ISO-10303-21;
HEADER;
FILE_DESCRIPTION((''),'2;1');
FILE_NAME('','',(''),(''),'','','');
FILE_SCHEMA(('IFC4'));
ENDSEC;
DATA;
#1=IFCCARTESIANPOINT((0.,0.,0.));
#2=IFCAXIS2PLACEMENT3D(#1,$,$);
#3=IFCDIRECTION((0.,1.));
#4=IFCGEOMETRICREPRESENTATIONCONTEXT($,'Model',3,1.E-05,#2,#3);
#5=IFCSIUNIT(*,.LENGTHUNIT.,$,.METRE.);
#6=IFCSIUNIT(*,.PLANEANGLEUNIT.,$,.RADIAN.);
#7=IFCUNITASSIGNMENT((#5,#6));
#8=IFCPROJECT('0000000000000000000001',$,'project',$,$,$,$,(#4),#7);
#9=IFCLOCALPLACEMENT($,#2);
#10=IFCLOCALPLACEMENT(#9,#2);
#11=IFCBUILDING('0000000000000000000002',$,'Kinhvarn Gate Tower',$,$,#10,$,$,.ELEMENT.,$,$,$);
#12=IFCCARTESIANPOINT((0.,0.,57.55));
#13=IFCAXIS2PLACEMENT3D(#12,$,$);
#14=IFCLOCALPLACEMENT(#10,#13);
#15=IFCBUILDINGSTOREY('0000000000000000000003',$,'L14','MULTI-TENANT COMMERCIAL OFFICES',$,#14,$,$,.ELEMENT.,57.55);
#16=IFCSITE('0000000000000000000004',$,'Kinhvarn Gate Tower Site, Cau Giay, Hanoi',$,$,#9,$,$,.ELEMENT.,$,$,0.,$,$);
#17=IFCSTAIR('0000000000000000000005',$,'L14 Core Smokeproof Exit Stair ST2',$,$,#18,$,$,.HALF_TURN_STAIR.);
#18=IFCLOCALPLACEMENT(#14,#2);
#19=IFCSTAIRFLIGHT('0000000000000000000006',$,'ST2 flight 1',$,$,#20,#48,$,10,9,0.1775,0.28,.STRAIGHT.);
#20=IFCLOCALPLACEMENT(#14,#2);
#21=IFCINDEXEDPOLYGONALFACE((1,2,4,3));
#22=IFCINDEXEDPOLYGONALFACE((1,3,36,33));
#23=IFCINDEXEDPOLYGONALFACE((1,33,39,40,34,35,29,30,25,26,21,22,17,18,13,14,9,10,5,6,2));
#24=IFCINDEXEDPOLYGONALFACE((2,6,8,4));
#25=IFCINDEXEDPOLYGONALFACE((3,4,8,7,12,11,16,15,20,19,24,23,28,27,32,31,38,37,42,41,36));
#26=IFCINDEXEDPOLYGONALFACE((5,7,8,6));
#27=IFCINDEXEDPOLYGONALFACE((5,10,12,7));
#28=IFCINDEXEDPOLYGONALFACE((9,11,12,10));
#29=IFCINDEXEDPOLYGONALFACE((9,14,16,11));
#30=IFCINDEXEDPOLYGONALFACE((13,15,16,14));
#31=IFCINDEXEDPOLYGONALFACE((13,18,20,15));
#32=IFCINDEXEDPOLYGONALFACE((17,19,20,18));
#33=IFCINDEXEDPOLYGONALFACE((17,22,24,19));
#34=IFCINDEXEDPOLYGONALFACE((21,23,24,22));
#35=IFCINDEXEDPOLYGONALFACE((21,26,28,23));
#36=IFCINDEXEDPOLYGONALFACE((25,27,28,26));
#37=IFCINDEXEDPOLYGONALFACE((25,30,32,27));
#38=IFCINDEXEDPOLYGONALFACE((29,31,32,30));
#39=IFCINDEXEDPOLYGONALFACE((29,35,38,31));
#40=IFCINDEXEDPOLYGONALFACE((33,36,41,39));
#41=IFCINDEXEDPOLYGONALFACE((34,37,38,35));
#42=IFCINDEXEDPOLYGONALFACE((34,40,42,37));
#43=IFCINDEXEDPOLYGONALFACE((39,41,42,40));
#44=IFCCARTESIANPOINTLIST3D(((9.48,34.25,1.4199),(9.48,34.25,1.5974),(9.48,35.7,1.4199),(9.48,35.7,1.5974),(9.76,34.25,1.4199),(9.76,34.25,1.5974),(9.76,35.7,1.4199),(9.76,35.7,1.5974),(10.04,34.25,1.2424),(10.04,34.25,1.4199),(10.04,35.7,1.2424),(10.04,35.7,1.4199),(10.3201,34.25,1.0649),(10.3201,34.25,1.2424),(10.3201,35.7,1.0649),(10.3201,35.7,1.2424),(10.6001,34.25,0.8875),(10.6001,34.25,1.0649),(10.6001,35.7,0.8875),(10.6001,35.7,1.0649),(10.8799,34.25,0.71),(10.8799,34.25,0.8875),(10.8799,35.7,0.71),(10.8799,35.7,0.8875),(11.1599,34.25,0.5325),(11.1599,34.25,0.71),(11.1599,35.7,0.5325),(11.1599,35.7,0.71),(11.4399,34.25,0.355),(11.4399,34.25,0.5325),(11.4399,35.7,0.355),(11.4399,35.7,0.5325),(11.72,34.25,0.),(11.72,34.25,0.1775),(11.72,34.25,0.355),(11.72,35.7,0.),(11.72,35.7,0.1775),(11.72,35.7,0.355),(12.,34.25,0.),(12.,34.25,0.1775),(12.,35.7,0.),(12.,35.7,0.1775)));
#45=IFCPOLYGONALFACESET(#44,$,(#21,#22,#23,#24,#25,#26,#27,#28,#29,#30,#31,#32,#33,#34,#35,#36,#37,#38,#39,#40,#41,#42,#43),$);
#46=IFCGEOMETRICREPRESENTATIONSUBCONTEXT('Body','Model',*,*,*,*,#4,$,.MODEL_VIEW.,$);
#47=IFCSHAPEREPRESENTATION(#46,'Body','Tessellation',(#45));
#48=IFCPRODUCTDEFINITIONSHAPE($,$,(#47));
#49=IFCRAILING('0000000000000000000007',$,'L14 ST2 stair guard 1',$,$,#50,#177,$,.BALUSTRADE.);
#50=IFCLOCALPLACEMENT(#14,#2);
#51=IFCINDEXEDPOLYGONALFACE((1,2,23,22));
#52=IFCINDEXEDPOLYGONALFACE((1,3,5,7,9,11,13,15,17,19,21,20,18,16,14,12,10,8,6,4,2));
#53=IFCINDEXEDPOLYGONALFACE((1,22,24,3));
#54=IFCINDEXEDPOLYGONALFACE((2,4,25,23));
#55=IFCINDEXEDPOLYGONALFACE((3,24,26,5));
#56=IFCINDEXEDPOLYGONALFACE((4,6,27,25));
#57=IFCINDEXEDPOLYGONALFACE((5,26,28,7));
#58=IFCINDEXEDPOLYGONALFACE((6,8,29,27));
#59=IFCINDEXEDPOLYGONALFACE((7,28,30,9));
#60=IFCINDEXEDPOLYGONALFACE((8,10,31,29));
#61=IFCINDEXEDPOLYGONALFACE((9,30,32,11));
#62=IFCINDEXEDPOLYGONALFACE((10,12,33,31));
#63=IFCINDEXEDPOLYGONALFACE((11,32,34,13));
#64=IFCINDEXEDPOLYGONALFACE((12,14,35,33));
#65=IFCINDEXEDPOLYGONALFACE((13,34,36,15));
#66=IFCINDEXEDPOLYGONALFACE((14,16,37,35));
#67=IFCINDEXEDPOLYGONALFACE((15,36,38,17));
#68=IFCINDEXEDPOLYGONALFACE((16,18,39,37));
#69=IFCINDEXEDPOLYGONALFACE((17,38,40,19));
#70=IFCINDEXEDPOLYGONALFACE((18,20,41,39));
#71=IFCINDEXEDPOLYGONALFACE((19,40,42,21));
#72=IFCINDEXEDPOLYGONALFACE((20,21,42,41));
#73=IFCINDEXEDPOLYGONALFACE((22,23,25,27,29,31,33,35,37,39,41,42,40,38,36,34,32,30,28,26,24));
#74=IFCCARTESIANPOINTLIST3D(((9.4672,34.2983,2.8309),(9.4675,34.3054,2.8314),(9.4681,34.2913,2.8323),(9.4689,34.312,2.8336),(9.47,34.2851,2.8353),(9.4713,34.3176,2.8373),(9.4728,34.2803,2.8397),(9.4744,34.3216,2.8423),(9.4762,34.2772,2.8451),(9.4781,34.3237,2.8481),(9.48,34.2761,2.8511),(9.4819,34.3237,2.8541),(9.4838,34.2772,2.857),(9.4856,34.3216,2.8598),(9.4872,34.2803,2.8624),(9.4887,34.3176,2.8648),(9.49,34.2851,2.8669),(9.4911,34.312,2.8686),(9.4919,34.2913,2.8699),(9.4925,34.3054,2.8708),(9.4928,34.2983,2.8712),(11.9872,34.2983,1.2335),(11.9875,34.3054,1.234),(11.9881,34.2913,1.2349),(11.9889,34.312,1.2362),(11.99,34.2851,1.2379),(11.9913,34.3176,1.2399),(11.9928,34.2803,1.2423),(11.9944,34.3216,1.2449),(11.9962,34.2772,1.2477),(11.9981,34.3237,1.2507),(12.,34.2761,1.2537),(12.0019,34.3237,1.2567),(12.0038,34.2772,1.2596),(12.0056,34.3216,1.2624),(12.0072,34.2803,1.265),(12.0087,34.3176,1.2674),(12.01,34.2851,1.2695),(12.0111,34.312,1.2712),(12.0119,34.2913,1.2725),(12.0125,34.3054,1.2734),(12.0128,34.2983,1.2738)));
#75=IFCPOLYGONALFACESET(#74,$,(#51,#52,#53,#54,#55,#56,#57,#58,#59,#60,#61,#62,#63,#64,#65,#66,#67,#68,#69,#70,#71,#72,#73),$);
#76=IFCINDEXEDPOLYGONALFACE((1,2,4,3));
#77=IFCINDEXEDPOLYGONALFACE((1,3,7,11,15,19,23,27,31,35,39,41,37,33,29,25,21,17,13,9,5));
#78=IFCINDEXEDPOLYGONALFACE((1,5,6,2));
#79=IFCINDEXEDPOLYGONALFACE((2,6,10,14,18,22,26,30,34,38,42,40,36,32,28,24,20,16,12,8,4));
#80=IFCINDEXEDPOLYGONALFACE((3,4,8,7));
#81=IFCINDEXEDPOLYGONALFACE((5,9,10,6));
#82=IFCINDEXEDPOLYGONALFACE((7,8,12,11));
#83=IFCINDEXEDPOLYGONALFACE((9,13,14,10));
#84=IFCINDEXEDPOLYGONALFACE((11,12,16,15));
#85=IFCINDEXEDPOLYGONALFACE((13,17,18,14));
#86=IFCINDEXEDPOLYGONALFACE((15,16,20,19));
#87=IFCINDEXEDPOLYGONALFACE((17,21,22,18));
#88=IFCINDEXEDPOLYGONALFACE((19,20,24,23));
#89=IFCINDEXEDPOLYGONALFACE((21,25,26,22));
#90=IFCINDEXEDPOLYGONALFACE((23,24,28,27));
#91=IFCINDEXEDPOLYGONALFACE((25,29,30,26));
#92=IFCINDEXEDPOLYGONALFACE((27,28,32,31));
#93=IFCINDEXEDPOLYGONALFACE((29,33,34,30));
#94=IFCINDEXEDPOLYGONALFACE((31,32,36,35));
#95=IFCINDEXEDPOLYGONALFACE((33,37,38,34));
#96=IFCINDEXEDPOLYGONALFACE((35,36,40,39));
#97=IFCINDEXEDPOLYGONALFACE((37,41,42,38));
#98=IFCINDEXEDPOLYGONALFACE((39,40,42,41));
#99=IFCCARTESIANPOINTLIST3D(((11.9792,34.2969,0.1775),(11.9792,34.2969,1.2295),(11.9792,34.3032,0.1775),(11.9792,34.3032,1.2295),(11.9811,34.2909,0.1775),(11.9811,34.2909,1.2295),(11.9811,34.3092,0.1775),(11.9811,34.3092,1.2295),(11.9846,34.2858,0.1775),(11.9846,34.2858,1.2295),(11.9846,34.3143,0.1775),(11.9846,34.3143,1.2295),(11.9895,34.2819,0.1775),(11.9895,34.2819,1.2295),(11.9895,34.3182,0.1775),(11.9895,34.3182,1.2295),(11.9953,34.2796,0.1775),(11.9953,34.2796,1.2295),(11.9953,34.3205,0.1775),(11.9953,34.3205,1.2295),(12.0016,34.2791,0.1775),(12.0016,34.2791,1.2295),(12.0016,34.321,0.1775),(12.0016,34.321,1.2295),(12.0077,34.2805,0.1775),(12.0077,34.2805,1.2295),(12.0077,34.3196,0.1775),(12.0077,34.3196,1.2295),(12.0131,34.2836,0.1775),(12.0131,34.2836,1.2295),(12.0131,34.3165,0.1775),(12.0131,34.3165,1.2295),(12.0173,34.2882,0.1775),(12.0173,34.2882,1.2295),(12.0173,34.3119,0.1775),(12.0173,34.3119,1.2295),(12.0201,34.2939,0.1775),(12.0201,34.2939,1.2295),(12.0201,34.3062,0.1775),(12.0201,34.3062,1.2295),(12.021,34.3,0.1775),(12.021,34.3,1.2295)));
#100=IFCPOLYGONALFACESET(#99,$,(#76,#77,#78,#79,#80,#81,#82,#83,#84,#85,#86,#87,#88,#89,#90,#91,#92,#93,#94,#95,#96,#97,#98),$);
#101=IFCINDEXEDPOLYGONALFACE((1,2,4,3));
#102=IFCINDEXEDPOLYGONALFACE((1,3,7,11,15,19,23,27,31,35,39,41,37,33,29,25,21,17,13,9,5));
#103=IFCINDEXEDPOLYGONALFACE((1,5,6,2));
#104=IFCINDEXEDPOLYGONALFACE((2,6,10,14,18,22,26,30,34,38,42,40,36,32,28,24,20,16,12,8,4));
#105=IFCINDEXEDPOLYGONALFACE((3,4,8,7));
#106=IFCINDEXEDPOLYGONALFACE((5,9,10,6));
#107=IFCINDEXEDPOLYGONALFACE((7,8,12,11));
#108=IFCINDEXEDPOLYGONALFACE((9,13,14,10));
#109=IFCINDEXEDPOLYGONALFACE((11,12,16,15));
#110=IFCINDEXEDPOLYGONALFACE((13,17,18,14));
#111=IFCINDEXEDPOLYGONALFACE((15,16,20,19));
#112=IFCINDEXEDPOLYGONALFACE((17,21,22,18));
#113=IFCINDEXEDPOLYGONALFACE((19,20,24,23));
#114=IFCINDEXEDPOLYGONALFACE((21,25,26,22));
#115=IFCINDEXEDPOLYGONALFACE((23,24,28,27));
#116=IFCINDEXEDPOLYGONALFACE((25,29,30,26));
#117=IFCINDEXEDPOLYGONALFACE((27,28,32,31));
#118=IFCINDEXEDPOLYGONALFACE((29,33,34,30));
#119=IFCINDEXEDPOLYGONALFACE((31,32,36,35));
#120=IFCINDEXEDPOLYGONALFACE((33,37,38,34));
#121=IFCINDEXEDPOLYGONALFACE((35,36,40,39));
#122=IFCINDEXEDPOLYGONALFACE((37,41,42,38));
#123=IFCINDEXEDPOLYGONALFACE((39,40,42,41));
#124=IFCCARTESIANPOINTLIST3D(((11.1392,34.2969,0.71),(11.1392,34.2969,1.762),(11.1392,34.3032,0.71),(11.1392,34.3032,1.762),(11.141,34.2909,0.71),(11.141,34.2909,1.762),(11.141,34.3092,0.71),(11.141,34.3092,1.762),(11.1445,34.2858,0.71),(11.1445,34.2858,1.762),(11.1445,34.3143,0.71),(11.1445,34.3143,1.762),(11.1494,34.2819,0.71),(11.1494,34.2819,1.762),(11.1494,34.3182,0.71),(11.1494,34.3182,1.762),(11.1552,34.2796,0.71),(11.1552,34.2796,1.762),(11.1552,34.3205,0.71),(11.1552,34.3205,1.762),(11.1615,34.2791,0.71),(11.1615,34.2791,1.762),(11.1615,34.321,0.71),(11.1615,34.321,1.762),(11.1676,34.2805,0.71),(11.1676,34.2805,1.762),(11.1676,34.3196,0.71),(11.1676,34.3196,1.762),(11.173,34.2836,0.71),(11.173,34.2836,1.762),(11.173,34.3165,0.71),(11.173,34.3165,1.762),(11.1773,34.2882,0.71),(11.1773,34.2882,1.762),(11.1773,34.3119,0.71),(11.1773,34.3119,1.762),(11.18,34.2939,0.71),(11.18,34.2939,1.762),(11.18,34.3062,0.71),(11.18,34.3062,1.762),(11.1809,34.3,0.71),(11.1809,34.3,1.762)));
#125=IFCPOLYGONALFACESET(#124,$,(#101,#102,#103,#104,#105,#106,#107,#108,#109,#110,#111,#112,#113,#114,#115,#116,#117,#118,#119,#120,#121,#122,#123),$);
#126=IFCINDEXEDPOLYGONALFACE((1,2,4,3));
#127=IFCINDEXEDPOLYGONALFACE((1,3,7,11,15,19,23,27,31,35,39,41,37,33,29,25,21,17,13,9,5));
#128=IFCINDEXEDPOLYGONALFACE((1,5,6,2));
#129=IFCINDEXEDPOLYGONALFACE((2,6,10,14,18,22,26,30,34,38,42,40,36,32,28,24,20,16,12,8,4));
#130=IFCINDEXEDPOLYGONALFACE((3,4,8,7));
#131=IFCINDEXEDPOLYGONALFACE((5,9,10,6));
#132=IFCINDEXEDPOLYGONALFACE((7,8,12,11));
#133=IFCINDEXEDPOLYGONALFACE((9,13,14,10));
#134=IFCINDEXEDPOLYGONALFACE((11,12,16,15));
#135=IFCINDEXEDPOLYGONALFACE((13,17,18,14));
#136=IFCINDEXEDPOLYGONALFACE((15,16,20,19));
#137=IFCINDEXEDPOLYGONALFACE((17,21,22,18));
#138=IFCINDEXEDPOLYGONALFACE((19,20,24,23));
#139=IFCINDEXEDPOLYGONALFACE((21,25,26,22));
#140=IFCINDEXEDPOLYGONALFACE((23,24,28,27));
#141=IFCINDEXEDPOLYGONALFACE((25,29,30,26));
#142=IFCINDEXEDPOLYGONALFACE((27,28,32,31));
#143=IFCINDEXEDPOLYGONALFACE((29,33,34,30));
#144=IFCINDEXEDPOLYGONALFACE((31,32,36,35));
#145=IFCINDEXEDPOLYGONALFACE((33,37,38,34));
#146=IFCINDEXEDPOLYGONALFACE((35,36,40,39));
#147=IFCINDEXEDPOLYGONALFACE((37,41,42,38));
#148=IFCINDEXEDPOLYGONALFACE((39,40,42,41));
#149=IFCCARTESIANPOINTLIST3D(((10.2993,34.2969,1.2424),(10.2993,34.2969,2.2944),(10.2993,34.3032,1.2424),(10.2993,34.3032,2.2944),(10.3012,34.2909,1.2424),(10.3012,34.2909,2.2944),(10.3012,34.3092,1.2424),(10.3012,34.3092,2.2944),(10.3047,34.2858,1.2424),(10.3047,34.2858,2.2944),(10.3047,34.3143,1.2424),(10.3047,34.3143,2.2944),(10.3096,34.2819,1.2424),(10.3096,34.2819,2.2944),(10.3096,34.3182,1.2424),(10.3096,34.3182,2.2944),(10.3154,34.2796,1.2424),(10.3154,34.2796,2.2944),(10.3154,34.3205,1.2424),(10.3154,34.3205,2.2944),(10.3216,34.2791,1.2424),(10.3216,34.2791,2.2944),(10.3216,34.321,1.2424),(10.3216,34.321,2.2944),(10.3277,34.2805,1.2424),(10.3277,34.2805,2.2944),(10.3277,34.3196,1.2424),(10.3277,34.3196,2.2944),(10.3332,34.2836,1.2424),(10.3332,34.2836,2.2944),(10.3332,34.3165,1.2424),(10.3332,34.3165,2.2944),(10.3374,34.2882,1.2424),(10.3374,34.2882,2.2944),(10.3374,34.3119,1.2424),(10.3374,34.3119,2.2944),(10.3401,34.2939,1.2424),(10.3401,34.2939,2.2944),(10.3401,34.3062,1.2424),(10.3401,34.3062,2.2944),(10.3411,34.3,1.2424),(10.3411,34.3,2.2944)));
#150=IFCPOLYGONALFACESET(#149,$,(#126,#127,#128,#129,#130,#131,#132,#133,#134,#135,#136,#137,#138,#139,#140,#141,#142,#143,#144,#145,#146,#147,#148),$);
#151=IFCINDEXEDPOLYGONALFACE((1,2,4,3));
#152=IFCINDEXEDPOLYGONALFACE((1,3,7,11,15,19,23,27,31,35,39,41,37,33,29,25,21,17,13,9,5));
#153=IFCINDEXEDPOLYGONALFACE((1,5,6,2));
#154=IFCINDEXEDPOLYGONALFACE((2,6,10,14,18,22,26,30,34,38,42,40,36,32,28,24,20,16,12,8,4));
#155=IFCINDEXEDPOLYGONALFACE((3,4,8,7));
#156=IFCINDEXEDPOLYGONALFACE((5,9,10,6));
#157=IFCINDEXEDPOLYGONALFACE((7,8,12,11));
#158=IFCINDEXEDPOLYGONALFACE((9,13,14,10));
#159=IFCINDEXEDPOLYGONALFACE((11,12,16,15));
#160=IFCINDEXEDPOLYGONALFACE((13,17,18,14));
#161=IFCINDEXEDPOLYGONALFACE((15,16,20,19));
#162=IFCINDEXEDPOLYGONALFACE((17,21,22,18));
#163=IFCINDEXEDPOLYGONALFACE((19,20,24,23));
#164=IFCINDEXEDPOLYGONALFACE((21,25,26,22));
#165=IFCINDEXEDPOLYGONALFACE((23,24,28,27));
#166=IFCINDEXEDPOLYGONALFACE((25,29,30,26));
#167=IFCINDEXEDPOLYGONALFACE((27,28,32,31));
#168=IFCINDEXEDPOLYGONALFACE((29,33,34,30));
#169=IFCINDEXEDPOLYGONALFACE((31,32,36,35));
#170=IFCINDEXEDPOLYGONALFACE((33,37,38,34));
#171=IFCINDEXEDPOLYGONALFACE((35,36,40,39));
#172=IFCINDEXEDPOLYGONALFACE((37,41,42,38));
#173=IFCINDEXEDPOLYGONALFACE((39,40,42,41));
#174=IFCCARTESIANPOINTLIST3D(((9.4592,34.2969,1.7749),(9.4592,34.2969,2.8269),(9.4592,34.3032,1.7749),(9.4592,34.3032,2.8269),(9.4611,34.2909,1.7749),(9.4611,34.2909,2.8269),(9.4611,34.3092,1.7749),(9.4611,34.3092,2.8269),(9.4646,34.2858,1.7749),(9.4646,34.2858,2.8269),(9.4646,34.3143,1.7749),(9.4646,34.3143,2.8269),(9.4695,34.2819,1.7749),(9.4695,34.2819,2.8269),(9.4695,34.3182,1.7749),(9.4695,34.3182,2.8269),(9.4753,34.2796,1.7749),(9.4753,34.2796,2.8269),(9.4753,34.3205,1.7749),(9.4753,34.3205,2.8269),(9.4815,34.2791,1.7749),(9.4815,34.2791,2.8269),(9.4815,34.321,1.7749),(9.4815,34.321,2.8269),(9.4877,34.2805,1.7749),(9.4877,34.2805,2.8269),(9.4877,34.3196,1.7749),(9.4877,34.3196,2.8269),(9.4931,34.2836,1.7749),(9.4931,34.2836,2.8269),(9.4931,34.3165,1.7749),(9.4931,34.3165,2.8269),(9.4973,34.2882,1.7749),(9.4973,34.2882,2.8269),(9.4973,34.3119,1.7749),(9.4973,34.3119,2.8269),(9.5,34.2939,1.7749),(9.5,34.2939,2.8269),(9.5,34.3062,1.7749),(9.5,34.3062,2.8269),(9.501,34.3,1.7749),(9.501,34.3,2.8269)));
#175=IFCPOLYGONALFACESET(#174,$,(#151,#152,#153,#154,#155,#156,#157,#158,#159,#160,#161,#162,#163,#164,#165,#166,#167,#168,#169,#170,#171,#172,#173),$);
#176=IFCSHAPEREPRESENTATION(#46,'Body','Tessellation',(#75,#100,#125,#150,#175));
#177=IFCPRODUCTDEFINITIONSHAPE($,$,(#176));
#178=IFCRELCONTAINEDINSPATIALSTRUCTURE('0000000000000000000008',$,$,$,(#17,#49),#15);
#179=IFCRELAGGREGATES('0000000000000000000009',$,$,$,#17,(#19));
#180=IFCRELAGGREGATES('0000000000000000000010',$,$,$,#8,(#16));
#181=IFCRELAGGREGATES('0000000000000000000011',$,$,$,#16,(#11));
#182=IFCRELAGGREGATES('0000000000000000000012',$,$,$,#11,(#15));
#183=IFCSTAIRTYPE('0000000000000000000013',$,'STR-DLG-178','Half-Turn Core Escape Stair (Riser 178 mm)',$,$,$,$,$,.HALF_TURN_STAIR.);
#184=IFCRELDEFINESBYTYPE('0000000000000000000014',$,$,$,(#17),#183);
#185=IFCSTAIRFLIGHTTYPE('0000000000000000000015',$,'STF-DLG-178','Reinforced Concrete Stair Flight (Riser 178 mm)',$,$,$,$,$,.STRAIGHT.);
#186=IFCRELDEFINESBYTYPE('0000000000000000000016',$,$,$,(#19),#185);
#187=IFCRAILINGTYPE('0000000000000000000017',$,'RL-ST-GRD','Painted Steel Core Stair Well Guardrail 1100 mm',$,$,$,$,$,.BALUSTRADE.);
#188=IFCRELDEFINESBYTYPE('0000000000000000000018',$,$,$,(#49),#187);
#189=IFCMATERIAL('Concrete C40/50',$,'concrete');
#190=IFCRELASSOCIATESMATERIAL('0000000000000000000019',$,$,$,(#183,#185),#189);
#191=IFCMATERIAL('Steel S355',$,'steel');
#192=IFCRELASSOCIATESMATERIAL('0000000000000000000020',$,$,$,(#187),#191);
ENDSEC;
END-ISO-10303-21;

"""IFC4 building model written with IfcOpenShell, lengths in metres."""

from ifc_helpers import new_model, si_unit, direction, frame, origin, origin_2d, place, context, subcontext, project, spatial, polyline, circle, outline, extrude, material, type_object, element, aggregate, save


model = new_model("IFC4")

# Units and contexts
model_context = context("Model", 3, precision=1e-05, world=origin(), true_north=direction((0.0, 1.0)))
body_context = subcontext(model_context, "Body", "Model", "MODEL_VIEW")
ifc_project = project(units=[si_unit("LENGTHUNIT", "METRE"), si_unit("PLANEANGLEUNIT", "RADIAN")], contexts=[model_context])

# Site, building, storey
site_placement = place(None, origin())
site = spatial("IfcSite", under=ifc_project, at=site_placement, Name="Kinhvarn Gate Tower Site, Cau Giay, Hanoi", CompositionType="ELEMENT", RefElevation=0.0)
building_placement = place(site_placement, origin())
building = spatial("IfcBuilding", under=site, at=building_placement, Name="Kinhvarn Gate Tower", CompositionType="ELEMENT")
storey_placement = place(building_placement, frame((0.0, 0.0, 57.55)))
storey = spatial("IfcBuildingStorey", under=building, at=storey_placement, Name="L14", Description="MULTI-TENANT COMMERCIAL OFFICES", CompositionType="ELEMENT", Elevation=57.55)

# Shared definitions
ifc_material_1 = material(Name="Concrete C40/50", Category="concrete")

# Stair, stair flight
stair_type = type_object("IfcStairType", Name="STR-DLG-178", Description="Half-Turn Core Escape Stair (Riser 178 mm)", PredefinedType="HALF_TURN_STAIR", material=ifc_material_1)
stair_placement = place(storey_placement, origin())
stair = element("IfcStair", 1, at=stair_placement, inside=storey, type_object=stair_type, Name="L14 Core Smokeproof Exit Stair ST2", PredefinedType="HALF_TURN_STAIR")
stair_flight_type = type_object("IfcStairFlightType", Name="STF-DLG-178", Description="Reinforced Concrete Stair Flight (Riser 178 mm)", PredefinedType="STRAIGHT", material=ifc_material_1)
stair_flight_placement = place(storey_placement, frame((12.0, 34.9751, 0.0), z_axis=(0.0, 0.0, 1.0), x_axis=(-1.0, 0.0, 0.0)))
stair_flight = element("IfcStairFlight", 2, at=stair_flight_placement, type_object=stair_flight_type, Name="ST2 flight 1", NumberOfRisers=10, NumberOfTreads=9, PredefinedType="STRAIGHT", RiserHeight=0.1775, TreadLength=0.28, context=body_context, shape_type="SweptSolid", body=[
    extrude(outline(polyline([(0.0, 0.0), (0.0, 0.1775), (0.28, 0.1775), (0.28, 0.355), (0.5601, 0.355), (0.5601, 0.5325), (0.8401, 0.5325), (0.8401, 0.71), (1.1201, 0.71), (1.1201, 0.8875), (1.3999, 0.8875), (1.3999, 1.0649), (1.6799, 1.0649), (1.6799, 1.2424), (1.96, 1.2424), (1.96, 1.4199), (2.24, 1.4199), (2.24, 1.5974), (2.52, 1.5974), (2.52, 1.7749), (2.52, 1.4199), (0.28, 0.0), (0.0, 0.0)])), frame((0.0, 0.7251, 0.0), z_axis=(0.0, -1.0, 0.0), x_axis=(1.0, 0.0, 0.0)), (0.0, 0.0, 1.0), 1.45),
])
aggregate(stair, [stair_flight])

# Railing
ifc_material_2 = material(Name="Steel S355", Category="steel")
railing_type_1 = type_object("IfcRailingType", Name="RL-ST-GRD", Description="Painted Steel Core Stair Well Guardrail 1100 mm", PredefinedType="BALUSTRADE", material=ifc_material_2)
railing_1_placement = place(storey_placement, frame((12.0, 34.3, 0.1775)))
element("IfcRailing", 3, at=railing_1_placement, inside=storey, type_object=railing_type_1, Name="L14 ST2 stair guard 1", PredefinedType="BALUSTRADE", context=body_context, shape_type="SweptSolid", body=[
    extrude(circle(Radius=0.0239, at=origin_2d()), frame((0.0, 0.0, 1.0762), z_axis=(-0.844607, 0.0, 0.535387), x_axis=(0.0, -1.0, 0.0)), (0.0, 0.0, 1.0), 2.9836),
    extrude(circle(Radius=0.021, at=origin_2d()), origin(), (0.0, 0.0, 1.0), 1.052),
    extrude(circle(Radius=0.021, at=origin_2d()), frame((-0.8401, 0.0, 0.5325)), (0.0, 0.0, 1.0), 1.052),
    extrude(circle(Radius=0.021, at=origin_2d()), frame((-1.6799, 0.0, 1.0649)), (0.0, 0.0, 1.0), 1.052),
    extrude(circle(Radius=0.021, at=origin_2d()), frame((-2.52, 0.0, 1.5974)), (0.0, 0.0, 1.0), 1.052),
])

save(model, "model.ifc")
